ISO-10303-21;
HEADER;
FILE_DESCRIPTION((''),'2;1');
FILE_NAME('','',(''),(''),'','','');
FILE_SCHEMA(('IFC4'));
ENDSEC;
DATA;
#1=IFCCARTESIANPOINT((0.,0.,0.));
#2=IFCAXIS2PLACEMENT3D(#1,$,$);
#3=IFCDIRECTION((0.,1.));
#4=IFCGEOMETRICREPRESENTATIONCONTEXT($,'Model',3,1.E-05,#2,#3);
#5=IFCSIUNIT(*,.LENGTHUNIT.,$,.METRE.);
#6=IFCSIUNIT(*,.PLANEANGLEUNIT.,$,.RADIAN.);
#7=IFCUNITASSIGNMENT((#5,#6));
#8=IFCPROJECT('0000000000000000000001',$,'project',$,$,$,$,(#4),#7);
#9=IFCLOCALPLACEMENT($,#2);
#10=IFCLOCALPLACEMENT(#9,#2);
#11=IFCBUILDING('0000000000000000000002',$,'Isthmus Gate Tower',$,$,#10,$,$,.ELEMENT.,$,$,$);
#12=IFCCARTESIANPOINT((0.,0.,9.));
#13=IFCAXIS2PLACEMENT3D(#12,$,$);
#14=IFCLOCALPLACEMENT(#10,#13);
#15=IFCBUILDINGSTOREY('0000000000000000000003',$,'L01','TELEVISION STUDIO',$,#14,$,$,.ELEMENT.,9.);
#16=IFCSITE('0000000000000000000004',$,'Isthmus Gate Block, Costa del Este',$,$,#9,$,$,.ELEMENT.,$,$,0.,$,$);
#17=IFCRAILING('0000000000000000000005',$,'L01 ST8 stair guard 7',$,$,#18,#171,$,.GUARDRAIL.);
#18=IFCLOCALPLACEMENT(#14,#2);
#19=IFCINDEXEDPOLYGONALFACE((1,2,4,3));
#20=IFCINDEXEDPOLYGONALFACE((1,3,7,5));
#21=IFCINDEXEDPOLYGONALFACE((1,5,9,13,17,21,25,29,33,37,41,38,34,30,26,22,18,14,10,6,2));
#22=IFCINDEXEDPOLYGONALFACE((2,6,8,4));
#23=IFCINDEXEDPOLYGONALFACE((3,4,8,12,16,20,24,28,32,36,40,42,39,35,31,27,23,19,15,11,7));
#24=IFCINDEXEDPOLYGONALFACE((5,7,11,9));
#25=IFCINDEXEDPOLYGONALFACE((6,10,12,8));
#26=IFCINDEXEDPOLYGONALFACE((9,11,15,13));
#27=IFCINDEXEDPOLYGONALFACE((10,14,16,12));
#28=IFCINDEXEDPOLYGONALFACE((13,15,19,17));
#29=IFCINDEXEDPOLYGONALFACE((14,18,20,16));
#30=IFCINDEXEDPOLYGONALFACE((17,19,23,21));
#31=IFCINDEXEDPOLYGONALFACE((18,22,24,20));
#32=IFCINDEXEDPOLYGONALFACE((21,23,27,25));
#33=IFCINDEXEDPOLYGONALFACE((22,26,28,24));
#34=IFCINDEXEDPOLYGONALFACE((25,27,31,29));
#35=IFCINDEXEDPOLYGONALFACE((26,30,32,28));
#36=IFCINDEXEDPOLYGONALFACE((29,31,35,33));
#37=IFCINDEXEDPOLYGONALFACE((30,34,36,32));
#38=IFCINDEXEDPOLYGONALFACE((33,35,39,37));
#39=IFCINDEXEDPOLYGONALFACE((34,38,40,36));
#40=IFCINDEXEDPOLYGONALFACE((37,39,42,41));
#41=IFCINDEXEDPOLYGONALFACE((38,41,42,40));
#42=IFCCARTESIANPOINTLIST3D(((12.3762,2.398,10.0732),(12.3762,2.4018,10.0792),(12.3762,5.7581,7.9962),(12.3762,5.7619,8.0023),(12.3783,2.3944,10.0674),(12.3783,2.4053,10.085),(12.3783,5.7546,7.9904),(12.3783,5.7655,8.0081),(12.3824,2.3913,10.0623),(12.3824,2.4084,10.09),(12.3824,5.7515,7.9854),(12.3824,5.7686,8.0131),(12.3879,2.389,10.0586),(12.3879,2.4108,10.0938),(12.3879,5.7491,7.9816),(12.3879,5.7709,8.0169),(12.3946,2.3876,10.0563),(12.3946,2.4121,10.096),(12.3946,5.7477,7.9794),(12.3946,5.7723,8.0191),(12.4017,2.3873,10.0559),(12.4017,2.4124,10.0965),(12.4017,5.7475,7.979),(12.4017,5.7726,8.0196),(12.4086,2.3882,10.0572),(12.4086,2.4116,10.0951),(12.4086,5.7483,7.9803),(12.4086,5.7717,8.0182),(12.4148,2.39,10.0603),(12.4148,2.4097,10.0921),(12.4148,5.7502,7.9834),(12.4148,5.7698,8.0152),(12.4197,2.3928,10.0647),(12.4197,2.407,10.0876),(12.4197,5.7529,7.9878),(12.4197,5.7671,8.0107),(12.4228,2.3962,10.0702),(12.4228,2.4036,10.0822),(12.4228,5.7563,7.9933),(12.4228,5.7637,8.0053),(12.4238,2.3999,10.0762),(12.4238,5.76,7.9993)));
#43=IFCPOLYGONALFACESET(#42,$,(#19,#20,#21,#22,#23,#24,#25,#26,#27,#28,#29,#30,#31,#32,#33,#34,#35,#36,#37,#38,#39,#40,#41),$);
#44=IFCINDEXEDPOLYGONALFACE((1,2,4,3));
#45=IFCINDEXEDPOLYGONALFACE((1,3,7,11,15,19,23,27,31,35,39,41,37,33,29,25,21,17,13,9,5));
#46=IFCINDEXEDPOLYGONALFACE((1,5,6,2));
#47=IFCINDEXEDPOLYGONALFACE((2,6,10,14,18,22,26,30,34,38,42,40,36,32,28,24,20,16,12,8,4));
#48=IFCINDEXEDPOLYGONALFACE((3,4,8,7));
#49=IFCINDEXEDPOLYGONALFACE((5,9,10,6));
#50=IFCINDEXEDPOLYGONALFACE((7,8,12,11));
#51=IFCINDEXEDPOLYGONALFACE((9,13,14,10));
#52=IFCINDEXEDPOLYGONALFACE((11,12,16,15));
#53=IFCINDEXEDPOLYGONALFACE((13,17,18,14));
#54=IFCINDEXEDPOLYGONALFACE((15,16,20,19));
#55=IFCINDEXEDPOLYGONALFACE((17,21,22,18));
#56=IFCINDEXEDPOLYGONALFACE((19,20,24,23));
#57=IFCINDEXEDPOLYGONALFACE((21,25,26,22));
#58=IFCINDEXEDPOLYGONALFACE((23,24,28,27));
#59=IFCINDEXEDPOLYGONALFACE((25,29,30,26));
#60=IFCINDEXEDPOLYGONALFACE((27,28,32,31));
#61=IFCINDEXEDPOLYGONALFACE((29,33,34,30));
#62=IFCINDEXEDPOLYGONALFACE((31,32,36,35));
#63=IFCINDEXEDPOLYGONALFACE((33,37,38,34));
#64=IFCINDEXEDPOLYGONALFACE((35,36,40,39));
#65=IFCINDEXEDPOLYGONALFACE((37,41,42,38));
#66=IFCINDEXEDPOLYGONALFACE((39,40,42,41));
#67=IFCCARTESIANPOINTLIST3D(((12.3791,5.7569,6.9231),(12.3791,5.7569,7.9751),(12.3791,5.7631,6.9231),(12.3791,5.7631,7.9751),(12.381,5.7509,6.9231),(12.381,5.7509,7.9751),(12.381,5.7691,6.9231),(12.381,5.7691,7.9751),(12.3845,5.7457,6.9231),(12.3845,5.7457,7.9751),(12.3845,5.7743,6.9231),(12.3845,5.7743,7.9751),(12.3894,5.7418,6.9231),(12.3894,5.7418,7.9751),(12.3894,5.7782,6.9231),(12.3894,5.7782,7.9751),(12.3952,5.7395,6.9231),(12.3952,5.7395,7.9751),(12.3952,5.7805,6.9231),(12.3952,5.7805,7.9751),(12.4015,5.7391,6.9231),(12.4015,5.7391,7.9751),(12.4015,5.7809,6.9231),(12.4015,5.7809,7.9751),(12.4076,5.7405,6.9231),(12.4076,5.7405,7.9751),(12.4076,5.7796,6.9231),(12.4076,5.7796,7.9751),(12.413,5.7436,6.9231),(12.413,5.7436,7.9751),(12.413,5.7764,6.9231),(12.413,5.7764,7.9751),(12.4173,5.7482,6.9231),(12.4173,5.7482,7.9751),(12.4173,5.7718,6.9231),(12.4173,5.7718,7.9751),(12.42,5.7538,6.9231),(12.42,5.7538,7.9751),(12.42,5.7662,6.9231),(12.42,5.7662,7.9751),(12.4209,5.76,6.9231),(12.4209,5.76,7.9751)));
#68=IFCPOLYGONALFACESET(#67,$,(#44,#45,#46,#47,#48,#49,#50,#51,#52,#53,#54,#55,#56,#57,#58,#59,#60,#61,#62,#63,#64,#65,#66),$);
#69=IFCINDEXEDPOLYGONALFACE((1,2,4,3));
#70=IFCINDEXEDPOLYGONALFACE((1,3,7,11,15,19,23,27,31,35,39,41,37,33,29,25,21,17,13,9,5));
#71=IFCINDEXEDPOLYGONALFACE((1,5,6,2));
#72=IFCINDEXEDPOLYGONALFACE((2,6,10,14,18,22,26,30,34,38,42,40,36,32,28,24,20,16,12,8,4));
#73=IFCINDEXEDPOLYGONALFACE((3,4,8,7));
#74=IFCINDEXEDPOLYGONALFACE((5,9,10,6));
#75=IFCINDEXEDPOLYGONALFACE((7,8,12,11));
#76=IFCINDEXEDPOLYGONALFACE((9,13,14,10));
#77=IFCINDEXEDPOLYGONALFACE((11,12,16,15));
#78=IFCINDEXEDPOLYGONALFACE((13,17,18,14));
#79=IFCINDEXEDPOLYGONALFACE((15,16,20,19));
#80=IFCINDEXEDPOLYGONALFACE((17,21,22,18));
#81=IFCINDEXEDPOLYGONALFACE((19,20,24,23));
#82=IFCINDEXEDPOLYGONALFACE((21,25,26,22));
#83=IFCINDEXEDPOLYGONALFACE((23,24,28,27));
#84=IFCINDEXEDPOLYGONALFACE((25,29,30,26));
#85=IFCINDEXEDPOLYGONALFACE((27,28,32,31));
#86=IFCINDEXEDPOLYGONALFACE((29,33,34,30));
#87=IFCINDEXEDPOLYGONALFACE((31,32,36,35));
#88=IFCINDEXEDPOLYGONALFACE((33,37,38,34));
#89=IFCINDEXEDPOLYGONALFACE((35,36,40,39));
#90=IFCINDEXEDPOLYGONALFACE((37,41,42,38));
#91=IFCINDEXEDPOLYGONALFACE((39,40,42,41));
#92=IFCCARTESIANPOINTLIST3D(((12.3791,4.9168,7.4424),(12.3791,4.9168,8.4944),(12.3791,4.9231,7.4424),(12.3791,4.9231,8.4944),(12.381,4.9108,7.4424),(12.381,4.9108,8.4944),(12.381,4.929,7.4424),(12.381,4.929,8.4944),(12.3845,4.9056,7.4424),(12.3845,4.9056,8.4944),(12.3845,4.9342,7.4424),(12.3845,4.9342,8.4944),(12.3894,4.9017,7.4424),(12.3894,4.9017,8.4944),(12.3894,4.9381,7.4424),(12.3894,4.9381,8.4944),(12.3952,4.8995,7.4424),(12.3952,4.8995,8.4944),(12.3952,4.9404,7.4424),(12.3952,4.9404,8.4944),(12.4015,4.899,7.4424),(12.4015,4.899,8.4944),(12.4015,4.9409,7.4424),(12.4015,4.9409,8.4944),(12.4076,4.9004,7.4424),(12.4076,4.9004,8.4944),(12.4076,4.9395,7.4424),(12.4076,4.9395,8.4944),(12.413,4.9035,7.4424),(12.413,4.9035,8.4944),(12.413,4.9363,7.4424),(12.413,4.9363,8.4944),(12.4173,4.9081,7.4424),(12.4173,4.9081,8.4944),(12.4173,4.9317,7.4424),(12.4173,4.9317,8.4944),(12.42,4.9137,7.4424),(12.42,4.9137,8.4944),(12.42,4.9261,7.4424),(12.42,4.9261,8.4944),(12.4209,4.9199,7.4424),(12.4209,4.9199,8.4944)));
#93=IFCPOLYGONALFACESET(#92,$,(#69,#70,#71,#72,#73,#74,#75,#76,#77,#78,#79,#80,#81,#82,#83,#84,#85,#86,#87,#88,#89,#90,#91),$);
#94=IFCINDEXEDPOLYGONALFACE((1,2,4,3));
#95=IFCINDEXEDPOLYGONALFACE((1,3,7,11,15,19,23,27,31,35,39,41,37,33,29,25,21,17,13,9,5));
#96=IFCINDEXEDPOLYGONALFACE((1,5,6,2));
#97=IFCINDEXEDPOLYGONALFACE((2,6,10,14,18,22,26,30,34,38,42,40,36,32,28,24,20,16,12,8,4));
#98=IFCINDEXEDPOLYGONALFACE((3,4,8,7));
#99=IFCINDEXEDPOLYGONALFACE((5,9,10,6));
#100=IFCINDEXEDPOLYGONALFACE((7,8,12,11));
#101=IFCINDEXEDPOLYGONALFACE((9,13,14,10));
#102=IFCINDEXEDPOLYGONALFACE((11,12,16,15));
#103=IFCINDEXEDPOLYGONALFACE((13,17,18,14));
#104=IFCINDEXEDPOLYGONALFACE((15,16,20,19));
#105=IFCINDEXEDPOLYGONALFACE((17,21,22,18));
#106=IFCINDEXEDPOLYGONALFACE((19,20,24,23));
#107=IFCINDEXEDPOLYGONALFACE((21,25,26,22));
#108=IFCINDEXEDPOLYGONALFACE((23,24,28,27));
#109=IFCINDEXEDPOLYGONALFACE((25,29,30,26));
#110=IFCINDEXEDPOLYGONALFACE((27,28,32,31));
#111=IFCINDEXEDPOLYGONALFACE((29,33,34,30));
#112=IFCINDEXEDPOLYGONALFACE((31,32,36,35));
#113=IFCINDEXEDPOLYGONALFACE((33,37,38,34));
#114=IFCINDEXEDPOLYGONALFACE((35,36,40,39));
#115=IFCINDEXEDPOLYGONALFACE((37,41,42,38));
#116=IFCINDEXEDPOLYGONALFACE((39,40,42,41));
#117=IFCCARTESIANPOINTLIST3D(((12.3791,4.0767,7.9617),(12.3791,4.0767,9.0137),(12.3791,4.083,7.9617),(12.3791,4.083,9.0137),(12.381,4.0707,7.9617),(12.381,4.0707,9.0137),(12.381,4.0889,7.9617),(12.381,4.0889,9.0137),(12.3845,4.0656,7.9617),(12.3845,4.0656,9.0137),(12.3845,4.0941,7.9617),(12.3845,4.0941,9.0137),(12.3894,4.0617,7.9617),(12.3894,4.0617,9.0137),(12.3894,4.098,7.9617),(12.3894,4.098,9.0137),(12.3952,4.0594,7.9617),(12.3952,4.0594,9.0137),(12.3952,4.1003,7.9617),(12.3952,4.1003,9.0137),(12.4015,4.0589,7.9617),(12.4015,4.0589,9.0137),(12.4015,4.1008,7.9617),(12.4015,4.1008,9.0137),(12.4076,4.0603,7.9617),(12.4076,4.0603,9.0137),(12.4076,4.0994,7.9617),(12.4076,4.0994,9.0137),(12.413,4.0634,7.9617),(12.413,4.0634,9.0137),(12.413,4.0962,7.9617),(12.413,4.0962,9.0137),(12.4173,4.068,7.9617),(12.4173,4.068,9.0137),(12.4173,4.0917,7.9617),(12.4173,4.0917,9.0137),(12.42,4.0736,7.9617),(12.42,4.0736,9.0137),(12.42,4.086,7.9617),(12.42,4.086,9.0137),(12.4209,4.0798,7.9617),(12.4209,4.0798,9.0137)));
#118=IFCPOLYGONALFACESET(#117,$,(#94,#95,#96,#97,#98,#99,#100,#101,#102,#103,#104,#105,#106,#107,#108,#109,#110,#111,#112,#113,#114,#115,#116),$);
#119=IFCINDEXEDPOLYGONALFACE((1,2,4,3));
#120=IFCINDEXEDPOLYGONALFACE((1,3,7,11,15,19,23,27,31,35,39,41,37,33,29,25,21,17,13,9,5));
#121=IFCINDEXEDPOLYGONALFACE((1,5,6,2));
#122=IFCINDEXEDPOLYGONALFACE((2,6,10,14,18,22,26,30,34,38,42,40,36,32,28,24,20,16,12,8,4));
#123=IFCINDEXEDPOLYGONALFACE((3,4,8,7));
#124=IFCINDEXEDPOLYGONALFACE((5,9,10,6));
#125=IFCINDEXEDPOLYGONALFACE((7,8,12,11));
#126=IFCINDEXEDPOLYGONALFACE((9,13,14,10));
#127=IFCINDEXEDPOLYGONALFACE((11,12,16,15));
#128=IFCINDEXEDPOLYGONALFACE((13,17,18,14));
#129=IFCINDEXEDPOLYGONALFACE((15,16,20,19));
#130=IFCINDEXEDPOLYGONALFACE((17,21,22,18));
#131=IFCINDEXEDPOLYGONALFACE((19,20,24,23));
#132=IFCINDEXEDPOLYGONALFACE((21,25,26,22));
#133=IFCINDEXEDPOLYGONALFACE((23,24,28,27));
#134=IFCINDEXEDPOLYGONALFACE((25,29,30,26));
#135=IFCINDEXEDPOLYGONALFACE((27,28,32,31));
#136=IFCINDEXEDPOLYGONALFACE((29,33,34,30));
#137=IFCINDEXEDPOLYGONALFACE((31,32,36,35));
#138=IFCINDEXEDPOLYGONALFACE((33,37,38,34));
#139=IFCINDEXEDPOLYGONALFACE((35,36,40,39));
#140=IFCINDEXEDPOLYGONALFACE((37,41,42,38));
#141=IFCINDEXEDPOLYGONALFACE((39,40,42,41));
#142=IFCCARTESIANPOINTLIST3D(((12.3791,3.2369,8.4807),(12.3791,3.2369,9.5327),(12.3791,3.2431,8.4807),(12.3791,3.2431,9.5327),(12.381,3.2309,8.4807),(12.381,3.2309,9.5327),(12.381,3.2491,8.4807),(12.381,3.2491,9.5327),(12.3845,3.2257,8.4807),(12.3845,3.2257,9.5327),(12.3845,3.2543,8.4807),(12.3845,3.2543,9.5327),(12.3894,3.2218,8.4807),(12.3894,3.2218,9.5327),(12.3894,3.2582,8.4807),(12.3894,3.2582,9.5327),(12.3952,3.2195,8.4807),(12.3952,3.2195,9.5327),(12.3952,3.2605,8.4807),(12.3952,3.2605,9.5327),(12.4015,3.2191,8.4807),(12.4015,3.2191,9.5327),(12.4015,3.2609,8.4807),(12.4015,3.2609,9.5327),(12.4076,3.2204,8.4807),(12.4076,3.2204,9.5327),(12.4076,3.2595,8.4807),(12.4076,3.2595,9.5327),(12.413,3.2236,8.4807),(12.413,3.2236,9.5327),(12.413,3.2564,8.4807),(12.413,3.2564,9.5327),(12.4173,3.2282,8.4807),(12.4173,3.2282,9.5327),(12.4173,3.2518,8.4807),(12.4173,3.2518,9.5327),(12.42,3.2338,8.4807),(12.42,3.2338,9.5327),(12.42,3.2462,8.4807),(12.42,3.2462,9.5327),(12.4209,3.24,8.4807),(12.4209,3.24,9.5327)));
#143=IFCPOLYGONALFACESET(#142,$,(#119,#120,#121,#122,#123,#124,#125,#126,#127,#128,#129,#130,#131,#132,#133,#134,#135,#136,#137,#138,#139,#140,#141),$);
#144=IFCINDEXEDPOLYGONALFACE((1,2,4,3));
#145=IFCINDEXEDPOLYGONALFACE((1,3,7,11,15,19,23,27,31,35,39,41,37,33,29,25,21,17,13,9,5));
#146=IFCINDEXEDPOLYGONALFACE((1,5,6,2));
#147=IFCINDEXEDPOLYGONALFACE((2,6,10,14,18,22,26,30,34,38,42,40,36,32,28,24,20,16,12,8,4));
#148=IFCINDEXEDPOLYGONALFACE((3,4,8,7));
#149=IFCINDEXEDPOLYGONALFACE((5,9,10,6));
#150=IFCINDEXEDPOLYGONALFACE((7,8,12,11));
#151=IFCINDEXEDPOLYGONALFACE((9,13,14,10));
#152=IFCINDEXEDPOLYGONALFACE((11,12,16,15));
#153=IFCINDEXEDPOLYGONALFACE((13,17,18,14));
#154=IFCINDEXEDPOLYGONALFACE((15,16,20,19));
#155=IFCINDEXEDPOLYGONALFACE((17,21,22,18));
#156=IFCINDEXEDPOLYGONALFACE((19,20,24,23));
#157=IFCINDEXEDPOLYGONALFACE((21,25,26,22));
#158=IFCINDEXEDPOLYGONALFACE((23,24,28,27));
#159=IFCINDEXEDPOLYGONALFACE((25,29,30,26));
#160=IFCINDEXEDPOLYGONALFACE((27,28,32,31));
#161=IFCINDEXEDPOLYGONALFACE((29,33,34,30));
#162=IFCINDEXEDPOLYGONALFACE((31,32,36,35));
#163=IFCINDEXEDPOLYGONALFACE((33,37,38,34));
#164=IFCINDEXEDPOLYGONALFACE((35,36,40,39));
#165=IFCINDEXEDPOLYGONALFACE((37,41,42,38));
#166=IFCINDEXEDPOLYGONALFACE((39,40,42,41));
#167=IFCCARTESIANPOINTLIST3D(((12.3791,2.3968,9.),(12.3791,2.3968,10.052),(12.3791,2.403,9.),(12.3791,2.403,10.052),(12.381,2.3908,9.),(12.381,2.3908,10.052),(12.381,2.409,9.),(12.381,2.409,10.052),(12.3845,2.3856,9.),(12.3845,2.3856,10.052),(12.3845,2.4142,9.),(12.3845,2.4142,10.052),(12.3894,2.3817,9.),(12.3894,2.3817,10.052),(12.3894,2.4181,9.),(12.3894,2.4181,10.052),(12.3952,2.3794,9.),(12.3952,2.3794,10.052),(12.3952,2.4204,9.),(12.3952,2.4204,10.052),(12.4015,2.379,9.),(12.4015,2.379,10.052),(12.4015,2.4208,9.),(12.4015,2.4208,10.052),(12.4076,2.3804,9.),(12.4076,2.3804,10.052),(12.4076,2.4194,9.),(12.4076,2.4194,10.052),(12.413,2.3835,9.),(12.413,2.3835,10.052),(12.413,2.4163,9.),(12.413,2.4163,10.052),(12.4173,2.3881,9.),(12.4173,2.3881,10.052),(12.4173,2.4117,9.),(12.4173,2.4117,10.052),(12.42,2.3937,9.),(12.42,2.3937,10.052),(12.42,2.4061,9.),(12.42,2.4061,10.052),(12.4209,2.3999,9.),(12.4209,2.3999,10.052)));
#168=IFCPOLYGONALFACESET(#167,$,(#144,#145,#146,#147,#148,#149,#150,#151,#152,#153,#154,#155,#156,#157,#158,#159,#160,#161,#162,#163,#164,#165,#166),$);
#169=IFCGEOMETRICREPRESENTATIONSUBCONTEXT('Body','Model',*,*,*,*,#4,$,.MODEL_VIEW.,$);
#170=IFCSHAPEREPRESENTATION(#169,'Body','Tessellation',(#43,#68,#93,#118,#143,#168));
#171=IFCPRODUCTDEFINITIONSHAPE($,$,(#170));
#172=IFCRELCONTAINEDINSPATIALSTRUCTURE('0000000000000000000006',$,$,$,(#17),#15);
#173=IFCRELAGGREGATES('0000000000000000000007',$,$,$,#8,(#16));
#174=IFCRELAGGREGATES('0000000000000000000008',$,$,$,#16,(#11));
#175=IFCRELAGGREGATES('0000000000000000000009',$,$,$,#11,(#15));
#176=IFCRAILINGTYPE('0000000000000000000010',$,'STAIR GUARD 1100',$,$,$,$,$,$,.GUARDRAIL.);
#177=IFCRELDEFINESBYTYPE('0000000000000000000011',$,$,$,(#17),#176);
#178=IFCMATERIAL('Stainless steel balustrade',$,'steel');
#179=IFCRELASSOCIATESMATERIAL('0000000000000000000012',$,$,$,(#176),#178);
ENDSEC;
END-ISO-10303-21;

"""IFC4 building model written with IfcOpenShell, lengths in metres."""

from ifc_helpers import new_model, si_unit, direction, frame, origin, origin_2d, place, context, subcontext, project, spatial, circle, extrude, material, type_object, element, save


model = new_model("IFC4")

# Units and contexts
model_context = context("Model", 3, precision=1e-05, world=origin(), true_north=direction((0.0, 1.0)))
body_context = subcontext(model_context, "Body", "Model", "MODEL_VIEW")
ifc_project = project(units=[si_unit("LENGTHUNIT", "METRE"), si_unit("PLANEANGLEUNIT", "RADIAN")], contexts=[model_context])

# Site, building, storey
site_placement = place(None, origin())
site = spatial("IfcSite", under=ifc_project, at=site_placement, Name="Isthmus Gate Block, Costa del Este", CompositionType="ELEMENT", RefElevation=0.0)
building_placement = place(site_placement, origin())
building = spatial("IfcBuilding", under=site, at=building_placement, Name="Isthmus Gate Tower", CompositionType="ELEMENT")
storey_placement = place(building_placement, frame((0.0, 0.0, 9.0)))
storey = spatial("IfcBuildingStorey", under=building, at=storey_placement, Name="L01", Description="TELEVISION STUDIO", CompositionType="ELEMENT", Elevation=9.0)

# Railing
ifc_material_1 = material(Name="Stainless steel balustrade", Category="steel")
railing_type_1 = type_object("IfcRailingType", Name="STAIR GUARD 1100", PredefinedType="GUARDRAIL", material=ifc_material_1)
railing_1_placement = place(storey_placement, frame((12.3999, 5.76, 6.9231)))
element("IfcRailing", 1, at=railing_1_placement, inside=storey, type_object=railing_type_1, Name="L01 ST8 stair guard 7", PredefinedType="GUARDRAIL", context=body_context, shape_type="SweptSolid", body=[
    extrude(circle(Radius=0.0239, at=origin_2d()), frame((0.0, 0.0, 1.0762), z_axis=(0.0, -0.850623, 0.525776), x_axis=(1.0, 0.0, 0.0)), (0.0, 0.0, 1.0), 3.9502),
    extrude(circle(Radius=0.021, at=origin_2d()), origin(), (0.0, 0.0, 1.0), 1.052),
    extrude(circle(Radius=0.021, at=origin_2d()), frame((0.0, -0.8401, 0.5193)), (0.0, 0.0, 1.0), 1.052),
    extrude(circle(Radius=0.021, at=origin_2d()), frame((0.0, -1.6802, 1.0386)), (0.0, 0.0, 1.0), 1.052),
    extrude(circle(Radius=0.021, at=origin_2d()), frame((0.0, -2.52, 1.5576)), (0.0, 0.0, 1.0), 1.052),
    extrude(circle(Radius=0.021, at=origin_2d()), frame((0.0, -3.3601, 2.0769)), (0.0, 0.0, 1.0), 1.052),
])

save(model, "model.ifc")
